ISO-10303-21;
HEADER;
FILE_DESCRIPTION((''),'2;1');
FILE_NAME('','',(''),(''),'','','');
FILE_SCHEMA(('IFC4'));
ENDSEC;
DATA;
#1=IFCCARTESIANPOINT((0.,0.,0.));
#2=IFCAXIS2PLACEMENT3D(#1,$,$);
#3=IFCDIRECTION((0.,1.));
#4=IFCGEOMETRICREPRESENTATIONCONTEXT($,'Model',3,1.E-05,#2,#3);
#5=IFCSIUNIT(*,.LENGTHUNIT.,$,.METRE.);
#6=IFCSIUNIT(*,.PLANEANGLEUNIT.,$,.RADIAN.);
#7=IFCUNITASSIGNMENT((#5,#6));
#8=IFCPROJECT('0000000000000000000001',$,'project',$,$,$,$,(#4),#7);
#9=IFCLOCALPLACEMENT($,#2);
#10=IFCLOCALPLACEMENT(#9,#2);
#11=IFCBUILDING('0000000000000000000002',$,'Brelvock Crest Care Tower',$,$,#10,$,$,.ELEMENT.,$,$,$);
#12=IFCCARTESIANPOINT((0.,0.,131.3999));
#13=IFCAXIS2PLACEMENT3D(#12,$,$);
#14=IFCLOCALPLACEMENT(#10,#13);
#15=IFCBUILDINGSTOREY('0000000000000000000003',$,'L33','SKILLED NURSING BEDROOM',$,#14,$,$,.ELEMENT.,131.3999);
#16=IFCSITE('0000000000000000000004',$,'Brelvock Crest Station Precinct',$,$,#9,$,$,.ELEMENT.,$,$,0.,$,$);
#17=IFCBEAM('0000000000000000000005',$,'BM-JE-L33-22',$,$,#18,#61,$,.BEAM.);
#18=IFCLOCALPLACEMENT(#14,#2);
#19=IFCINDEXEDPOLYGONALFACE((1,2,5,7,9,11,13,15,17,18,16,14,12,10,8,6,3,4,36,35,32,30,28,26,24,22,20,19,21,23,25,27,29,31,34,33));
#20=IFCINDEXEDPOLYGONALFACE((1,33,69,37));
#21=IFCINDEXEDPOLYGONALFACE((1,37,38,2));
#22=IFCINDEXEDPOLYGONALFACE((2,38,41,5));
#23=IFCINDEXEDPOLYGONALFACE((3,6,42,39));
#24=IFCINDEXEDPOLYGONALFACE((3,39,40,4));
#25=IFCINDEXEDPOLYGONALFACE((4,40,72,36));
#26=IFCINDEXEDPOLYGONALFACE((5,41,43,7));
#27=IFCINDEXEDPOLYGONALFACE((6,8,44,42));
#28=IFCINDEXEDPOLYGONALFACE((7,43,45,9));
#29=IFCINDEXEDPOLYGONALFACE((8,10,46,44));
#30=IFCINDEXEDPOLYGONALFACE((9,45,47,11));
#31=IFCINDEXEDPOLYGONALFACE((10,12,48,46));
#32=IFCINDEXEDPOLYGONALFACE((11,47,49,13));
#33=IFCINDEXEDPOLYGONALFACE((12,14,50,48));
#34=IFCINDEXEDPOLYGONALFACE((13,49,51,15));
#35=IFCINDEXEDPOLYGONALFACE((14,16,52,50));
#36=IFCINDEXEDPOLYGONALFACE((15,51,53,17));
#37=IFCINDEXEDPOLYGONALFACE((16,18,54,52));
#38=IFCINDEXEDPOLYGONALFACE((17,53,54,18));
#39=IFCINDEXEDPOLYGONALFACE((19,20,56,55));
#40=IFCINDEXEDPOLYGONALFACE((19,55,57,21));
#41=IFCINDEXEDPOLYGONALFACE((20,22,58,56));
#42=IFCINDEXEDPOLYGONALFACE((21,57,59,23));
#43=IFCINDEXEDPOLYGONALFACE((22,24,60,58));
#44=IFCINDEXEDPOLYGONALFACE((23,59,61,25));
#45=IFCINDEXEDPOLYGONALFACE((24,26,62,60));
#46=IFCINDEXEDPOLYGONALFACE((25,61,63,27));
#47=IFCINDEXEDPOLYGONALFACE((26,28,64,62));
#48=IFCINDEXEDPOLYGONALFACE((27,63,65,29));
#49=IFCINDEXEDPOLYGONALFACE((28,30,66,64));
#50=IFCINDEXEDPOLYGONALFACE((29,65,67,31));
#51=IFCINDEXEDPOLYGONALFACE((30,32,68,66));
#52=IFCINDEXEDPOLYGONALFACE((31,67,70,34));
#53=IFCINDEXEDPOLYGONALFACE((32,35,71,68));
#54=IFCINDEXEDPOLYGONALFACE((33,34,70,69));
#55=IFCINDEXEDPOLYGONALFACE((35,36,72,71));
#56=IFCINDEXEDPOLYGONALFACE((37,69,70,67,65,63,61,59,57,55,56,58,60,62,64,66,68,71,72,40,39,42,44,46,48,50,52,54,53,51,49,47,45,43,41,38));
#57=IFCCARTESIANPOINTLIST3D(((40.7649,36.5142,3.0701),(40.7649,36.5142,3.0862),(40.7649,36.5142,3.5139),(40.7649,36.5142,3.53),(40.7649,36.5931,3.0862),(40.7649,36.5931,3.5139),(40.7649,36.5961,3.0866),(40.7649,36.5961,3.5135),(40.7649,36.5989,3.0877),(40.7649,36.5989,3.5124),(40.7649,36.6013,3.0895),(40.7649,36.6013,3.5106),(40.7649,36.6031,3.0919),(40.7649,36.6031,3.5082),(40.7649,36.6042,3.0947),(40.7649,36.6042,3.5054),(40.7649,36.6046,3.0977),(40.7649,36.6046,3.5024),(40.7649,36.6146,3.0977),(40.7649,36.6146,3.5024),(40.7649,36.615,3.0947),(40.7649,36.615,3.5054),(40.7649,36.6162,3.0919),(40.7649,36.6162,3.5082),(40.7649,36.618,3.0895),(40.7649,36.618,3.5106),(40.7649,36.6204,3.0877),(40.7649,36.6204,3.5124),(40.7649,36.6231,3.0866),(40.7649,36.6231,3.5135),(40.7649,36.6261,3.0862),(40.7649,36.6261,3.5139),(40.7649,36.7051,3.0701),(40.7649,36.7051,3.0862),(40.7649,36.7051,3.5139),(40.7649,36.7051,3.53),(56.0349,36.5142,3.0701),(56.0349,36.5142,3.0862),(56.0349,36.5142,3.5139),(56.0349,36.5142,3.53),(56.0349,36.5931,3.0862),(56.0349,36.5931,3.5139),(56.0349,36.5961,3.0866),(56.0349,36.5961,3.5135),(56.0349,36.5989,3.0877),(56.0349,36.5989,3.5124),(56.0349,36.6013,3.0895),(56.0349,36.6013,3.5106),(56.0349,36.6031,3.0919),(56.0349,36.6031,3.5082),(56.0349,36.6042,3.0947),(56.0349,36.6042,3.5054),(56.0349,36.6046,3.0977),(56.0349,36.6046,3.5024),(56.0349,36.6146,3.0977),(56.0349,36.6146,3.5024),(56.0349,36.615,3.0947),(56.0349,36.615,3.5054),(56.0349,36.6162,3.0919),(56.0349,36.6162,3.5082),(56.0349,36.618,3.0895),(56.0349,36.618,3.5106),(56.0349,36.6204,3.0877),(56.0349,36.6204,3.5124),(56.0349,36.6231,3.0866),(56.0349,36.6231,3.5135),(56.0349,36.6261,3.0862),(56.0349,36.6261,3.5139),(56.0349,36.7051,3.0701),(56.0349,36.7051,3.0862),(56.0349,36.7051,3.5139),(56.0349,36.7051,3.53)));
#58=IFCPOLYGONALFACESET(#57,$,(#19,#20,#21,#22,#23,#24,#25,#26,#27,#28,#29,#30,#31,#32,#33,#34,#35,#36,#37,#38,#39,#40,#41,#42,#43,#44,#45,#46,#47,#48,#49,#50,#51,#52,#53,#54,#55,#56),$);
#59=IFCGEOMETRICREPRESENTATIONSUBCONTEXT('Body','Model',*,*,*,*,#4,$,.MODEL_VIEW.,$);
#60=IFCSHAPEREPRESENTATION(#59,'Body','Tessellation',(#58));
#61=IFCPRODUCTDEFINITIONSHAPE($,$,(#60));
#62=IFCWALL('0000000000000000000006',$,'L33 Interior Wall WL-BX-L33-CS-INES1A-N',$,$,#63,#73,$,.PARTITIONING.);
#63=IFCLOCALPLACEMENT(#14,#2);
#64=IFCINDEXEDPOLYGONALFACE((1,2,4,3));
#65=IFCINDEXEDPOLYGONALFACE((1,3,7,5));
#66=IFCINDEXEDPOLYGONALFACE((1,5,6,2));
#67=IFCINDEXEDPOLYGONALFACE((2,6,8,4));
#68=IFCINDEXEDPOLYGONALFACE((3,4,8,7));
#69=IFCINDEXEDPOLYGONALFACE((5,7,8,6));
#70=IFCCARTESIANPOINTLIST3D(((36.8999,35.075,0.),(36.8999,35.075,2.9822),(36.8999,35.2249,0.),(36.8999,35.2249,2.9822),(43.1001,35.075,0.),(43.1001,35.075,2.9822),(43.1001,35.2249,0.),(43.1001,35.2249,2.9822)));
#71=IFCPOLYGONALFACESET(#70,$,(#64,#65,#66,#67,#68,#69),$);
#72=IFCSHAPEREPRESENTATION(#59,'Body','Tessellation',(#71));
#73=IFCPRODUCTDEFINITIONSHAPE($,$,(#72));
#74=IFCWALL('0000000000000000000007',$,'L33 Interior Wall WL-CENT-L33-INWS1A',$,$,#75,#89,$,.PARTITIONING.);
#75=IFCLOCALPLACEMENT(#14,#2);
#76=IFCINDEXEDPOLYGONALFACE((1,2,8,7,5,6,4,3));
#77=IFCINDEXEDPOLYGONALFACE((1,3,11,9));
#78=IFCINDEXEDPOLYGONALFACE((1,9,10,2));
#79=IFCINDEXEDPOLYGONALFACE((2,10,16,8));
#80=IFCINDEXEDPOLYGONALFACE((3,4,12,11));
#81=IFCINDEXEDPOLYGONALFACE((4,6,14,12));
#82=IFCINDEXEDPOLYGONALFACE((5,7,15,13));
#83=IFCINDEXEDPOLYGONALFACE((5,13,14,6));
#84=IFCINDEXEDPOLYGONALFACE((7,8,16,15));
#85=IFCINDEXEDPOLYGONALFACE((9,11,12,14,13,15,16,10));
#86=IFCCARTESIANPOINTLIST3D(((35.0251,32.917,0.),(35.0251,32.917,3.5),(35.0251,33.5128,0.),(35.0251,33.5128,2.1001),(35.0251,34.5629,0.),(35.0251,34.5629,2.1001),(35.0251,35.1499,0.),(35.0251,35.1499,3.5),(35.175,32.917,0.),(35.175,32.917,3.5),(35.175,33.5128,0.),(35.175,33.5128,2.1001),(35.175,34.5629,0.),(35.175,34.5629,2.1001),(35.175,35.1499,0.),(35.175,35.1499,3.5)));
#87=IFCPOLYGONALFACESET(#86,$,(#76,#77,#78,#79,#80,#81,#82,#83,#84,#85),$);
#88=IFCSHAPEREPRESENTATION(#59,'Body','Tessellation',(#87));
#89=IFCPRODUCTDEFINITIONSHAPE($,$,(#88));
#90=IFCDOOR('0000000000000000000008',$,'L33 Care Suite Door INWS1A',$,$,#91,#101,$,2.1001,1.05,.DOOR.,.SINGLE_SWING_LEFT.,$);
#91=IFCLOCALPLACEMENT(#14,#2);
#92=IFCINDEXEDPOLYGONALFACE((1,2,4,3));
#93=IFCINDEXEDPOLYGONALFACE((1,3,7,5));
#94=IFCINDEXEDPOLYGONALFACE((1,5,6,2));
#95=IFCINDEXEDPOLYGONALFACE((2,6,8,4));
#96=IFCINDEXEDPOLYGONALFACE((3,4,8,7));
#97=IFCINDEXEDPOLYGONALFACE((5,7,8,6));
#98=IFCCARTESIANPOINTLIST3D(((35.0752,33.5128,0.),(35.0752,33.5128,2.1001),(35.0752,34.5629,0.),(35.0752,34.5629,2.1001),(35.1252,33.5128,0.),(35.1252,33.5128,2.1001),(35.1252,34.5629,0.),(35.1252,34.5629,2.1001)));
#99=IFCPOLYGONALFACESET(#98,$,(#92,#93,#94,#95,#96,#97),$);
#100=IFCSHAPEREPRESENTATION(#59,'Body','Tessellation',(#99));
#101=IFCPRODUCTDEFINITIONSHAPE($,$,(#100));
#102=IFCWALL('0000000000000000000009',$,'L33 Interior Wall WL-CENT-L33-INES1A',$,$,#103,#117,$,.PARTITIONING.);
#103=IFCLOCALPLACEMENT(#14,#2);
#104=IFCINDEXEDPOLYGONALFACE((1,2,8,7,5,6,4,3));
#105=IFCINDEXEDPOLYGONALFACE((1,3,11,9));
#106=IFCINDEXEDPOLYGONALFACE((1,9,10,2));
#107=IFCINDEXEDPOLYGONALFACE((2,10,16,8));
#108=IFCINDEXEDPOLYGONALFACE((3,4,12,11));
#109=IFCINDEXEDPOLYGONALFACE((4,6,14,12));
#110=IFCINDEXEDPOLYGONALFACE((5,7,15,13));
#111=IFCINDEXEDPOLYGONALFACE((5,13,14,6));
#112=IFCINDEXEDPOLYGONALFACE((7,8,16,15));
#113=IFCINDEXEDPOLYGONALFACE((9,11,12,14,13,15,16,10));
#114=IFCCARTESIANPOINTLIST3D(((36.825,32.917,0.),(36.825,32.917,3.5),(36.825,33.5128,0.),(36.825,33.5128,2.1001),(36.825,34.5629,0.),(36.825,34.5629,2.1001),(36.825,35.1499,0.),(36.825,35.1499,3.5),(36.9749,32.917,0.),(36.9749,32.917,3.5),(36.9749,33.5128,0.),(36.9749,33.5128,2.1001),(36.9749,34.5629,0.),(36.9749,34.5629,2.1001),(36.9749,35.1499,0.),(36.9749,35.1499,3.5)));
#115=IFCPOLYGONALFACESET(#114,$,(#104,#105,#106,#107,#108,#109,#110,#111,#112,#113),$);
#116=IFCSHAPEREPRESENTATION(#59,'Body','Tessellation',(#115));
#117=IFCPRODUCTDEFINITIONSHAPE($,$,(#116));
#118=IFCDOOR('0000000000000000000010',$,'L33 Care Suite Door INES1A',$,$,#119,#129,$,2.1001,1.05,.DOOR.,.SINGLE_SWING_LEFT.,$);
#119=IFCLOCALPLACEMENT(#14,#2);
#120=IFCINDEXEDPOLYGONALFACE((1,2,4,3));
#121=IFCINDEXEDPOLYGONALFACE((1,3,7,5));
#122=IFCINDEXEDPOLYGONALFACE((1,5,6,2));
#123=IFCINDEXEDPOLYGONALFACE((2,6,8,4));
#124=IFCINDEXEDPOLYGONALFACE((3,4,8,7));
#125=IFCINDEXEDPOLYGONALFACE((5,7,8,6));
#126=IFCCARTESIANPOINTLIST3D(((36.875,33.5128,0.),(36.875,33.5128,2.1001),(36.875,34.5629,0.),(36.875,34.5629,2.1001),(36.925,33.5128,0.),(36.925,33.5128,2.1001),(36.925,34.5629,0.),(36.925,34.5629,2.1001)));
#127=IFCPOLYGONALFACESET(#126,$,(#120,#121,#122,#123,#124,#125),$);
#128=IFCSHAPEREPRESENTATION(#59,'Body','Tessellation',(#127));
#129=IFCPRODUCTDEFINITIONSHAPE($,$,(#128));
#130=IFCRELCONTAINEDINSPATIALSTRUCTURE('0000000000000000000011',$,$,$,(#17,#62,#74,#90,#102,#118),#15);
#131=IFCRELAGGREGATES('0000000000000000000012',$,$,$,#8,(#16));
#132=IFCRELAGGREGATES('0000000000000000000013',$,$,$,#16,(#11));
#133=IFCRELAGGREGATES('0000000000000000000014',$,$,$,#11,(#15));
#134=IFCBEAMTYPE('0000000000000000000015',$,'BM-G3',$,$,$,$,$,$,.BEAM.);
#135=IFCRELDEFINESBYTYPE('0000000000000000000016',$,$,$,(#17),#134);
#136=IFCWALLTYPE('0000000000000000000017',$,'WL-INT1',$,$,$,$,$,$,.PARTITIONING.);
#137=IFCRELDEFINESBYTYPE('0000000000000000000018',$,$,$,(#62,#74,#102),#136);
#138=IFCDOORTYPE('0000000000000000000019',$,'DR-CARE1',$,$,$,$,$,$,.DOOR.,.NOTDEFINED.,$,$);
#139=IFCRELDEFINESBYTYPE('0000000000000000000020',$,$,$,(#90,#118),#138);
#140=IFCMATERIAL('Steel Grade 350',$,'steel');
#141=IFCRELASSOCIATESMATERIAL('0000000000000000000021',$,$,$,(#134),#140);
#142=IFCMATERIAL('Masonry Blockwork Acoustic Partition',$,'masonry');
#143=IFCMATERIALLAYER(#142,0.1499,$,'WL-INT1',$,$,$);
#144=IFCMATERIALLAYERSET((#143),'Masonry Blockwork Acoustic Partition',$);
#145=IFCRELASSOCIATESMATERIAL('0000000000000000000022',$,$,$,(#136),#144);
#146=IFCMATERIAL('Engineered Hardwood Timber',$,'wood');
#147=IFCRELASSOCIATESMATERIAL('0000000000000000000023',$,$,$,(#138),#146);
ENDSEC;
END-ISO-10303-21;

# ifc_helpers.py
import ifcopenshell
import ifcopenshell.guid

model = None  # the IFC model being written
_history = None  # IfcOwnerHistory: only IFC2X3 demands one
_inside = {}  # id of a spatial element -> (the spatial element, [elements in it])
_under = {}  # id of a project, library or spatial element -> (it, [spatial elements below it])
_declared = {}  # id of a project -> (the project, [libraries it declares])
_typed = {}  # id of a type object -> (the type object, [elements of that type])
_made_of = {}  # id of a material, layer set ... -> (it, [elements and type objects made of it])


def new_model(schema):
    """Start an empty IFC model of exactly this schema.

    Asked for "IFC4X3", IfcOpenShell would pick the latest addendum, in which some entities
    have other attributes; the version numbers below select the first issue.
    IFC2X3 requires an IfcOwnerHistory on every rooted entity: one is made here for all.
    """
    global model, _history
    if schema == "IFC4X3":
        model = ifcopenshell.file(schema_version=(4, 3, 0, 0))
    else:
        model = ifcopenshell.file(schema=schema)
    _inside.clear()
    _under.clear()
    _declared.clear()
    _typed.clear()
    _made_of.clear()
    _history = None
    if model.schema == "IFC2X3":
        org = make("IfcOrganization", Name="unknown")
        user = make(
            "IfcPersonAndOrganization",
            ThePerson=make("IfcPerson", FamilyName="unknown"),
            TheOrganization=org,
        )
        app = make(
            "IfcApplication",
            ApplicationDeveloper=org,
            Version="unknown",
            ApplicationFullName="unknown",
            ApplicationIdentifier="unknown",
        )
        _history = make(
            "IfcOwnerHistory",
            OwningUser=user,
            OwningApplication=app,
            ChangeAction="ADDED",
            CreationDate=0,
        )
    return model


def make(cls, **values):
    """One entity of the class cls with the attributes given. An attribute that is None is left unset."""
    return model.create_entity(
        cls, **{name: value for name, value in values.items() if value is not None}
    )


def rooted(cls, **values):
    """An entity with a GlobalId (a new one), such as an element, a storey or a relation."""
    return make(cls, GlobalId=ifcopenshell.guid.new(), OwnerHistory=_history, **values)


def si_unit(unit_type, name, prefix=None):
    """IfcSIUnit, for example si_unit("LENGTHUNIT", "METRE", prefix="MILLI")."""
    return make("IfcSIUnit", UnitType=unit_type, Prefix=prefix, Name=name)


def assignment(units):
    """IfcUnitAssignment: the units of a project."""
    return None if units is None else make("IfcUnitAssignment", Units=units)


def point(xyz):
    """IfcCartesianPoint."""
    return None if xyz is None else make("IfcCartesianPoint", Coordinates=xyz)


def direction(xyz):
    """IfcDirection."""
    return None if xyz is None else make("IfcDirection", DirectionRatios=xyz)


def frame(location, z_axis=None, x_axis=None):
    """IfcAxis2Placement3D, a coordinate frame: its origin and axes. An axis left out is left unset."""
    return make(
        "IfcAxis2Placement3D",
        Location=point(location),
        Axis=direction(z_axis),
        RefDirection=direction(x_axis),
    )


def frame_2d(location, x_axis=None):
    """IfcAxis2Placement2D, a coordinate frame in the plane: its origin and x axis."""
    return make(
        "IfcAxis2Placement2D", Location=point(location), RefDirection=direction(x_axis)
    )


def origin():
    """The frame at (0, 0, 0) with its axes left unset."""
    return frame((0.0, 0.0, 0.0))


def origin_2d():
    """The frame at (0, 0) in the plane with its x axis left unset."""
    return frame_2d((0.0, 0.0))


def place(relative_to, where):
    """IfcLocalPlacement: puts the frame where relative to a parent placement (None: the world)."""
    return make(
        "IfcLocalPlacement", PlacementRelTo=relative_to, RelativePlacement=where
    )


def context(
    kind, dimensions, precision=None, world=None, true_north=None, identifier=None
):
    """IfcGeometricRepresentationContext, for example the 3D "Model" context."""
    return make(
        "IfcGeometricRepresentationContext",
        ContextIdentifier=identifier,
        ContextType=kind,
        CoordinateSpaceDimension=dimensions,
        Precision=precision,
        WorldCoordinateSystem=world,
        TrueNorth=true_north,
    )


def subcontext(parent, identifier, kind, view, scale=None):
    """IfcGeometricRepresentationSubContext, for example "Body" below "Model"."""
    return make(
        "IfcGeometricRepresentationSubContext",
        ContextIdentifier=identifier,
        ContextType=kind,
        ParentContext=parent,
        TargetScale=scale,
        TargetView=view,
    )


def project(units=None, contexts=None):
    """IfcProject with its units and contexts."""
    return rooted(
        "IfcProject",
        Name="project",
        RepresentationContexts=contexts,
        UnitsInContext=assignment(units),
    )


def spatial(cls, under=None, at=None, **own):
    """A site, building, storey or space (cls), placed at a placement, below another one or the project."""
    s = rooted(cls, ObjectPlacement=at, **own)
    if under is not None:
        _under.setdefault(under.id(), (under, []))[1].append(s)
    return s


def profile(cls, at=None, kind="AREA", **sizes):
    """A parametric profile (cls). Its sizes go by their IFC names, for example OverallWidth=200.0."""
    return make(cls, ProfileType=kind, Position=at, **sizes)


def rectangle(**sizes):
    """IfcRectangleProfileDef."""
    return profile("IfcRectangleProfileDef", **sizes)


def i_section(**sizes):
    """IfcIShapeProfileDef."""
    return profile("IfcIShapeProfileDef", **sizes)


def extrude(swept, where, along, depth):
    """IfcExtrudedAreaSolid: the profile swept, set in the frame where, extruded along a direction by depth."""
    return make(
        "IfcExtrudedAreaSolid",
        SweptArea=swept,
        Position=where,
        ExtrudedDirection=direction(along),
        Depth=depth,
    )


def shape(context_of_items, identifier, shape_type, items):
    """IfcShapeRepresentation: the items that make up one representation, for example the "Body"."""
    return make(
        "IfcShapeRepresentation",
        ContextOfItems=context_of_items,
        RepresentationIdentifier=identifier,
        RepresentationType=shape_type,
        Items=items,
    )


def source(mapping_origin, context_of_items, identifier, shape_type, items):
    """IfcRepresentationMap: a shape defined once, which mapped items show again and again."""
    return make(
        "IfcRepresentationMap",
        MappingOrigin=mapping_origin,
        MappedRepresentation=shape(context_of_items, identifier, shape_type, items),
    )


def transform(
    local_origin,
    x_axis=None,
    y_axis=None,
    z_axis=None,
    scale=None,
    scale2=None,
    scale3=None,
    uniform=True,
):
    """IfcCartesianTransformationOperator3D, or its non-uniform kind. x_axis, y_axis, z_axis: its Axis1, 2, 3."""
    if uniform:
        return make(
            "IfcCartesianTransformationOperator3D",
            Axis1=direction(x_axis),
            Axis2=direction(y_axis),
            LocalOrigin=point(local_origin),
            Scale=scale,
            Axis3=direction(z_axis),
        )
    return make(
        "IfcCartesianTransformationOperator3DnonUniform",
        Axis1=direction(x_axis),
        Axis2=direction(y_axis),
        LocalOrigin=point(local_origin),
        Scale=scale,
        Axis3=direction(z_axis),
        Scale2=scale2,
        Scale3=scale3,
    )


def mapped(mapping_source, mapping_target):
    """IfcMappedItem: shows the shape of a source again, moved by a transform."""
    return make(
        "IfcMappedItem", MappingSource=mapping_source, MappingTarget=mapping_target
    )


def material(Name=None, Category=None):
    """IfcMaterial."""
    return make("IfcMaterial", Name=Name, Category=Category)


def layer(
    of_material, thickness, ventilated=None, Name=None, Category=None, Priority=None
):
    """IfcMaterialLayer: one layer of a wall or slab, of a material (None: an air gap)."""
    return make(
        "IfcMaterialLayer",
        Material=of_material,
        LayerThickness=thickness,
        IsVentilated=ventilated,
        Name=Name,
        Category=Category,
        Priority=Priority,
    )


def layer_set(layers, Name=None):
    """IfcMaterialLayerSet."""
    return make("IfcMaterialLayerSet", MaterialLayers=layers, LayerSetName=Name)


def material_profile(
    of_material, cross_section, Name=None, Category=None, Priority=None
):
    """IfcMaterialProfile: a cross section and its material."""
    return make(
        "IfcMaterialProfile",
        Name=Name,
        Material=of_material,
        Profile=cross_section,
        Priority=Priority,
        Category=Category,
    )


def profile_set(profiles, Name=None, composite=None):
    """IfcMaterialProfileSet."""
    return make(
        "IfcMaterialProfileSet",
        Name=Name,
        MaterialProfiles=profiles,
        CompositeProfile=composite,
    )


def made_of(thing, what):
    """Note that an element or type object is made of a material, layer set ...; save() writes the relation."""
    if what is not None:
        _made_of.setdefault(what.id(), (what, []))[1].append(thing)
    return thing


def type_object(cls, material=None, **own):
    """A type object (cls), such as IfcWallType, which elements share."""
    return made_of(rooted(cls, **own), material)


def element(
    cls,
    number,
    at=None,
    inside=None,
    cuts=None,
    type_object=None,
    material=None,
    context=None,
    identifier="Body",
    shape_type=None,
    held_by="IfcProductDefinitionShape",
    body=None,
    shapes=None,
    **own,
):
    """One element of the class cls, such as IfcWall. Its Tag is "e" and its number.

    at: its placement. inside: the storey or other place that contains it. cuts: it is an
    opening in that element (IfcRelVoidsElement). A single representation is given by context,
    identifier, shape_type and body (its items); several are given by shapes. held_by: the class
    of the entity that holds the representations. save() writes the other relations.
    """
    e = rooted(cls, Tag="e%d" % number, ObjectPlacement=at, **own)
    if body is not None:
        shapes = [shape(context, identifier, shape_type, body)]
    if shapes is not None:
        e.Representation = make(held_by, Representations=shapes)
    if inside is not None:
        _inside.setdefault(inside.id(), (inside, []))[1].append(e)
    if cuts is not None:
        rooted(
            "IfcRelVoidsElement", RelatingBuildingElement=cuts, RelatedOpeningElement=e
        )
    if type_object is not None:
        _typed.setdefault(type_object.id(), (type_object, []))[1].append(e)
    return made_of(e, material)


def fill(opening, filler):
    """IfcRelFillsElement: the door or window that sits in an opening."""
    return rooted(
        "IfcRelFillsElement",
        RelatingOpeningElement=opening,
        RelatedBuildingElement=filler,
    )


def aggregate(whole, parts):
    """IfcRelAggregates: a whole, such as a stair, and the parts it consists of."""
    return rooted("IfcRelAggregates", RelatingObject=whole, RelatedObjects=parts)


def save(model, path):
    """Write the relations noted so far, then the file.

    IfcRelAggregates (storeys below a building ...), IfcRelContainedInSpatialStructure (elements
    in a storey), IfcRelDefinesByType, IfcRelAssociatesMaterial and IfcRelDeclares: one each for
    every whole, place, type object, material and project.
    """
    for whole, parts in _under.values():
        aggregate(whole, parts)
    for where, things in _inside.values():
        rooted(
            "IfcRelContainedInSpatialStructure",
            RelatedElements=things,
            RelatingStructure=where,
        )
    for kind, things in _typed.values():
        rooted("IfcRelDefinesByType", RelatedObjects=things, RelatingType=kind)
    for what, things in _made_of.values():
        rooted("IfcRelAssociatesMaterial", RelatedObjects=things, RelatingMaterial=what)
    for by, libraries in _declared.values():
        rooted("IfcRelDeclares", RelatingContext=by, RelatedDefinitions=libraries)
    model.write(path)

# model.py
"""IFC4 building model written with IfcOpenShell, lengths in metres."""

from ifc_helpers import new_model, si_unit, direction, frame, frame_2d, origin, origin_2d, place, context, subcontext, project, spatial, rectangle, i_section, extrude, source, transform, mapped, material, layer, layer_set, material_profile, profile_set, type_object, element, fill, save


model = new_model("IFC4")

# Units and contexts
model_context = context("Model", 3, precision=1e-05, world=origin(), true_north=direction((0.0, 1.0)))
body_context = subcontext(model_context, "Body", "Model", "MODEL_VIEW")
ifc_project = project(units=[si_unit("LENGTHUNIT", "METRE"), si_unit("PLANEANGLEUNIT", "RADIAN")], contexts=[model_context])

# Site, building, storey
site_placement = place(None, origin())
site = spatial("IfcSite", under=ifc_project, at=site_placement, Name="Brelvock Crest Station Precinct", CompositionType="ELEMENT", RefElevation=0.0)
building_placement = place(site_placement, origin())
building = spatial("IfcBuilding", under=site, at=building_placement, Name="Brelvock Crest Care Tower", CompositionType="ELEMENT")
storey_placement = place(building_placement, frame((0.0, 0.0, 131.3999)))
storey = spatial("IfcBuildingStorey", under=building, at=storey_placement, Name="L33", Description="SKILLED NURSING BEDROOM", CompositionType="ELEMENT", Elevation=131.3999)

# Beam
ifc_material_1 = material(Name="Steel Grade 350", Category="steel")
ifc_material_profile_1 = material_profile(ifc_material_1, i_section(OverallWidth=0.1909, OverallDepth=0.46, WebThickness=0.01, FlangeThickness=0.0161, FilletRadius=0.0115, at=origin_2d()), Name="460UB82.1")
ifc_profile_set_1 = profile_set([ifc_material_profile_1], Name="Steel Grade 350")
beam_type_1 = type_object("IfcBeamType", Name="BM-G3", PredefinedType="BEAM", material=ifc_profile_set_1)
shared_shape_1 = source(origin(), body_context, "Body", "SweptSolid", [
    extrude(i_section(OverallWidth=0.1909, OverallDepth=0.46, WebThickness=0.01, FlangeThickness=0.0161, FilletRadius=0.0115, at=origin_2d()), origin(), (0.0, 0.0, 1.0), 15.27),
])
for number, where, z_axis, x_axis, name in (
    (1, (40.7649, 36.6096, 3.3), (1.0, 0.0, 0.0), (0.0, 1.0, 0.0), "BM-JE-L33-22"),
):
    element("IfcBeam", number, at=place(storey_placement, frame(where, z_axis=z_axis, x_axis=x_axis)), inside=storey, type_object=beam_type_1, Name=name, PredefinedType="BEAM", context=body_context, shape_type="MappedRepresentation", body=[
        mapped(shared_shape_1, transform((0.0, 0.0, 0.0), x_axis=(1.0, 0.0, 0.0), y_axis=(0.0, 1.0, 0.0), z_axis=(0.0, 0.0, 1.0), scale=1.0)),
    ])

# Wall
ifc_material_2 = material(Name="Masonry Blockwork Acoustic Partition", Category="masonry")
ifc_layer = layer(ifc_material_2, 0.1499, Name="WL-INT1")
ifc_layer_set = layer_set([ifc_layer], Name="Masonry Blockwork Acoustic Partition")
wall_type = type_object("IfcWallType", Name="WL-INT1", PredefinedType="PARTITIONING", material=ifc_layer_set)
wall_1_placement = place(storey_placement, frame((36.8999, 35.1499, 0.0), z_axis=(0.0, 0.0, 1.0), x_axis=(1.0, 0.0, 0.0)))
element("IfcWall", 2, at=wall_1_placement, inside=storey, type_object=wall_type, Name="L33 Interior Wall WL-BX-L33-CS-INES1A-N", PredefinedType="PARTITIONING", context=body_context, shape_type="SweptSolid", body=[
    extrude(rectangle(XDim=6.2002, YDim=0.1499, at=frame_2d((3.1001, 0.0))), origin(), (0.0, 0.0, 1.0), 2.9822),
])

# Walls, openings, doors
wall_2_placement = place(storey_placement, frame((35.1001, 32.917, 0.0), z_axis=(0.0, 0.0, 1.0), x_axis=(0.0, 1.0, 0.0)))
wall_2 = element("IfcWall", 3, at=wall_2_placement, inside=storey, type_object=wall_type, Name="L33 Interior Wall WL-CENT-L33-INWS1A", PredefinedType="PARTITIONING", context=body_context, shape_type="SweptSolid", body=[
    extrude(rectangle(XDim=2.2329, YDim=0.1499, at=frame_2d((1.1165, 0.0))), origin(), (0.0, 0.0, 1.0), 3.5),
])
opening_1_placement = place(wall_2_placement, frame((0.5959, 0.0, 0.0)))
opening_1 = element("IfcOpeningElement", 4, at=opening_1_placement, cuts=wall_2, PredefinedType="OPENING", context=body_context, shape_type="SweptSolid", body=[
    extrude(rectangle(XDim=1.05, YDim=2.1001, at=origin_2d()), frame((0.5249, 0.085, 1.05), z_axis=(0.0, -1.0, 0.0), x_axis=(1.0, 0.0, 0.0)), (0.0, 0.0, 1.0), 0.1699),
])
ifc_material_3 = material(Name="Engineered Hardwood Timber", Category="wood")
door_type = type_object("IfcDoorType", Name="DR-CARE1", OperationType="NOTDEFINED", PredefinedType="DOOR", material=ifc_material_3)
shared_shape_2 = source(origin(), body_context, "Body", "SweptSolid", [
    extrude(rectangle(XDim=1.05, YDim=2.1001, at=origin_2d()), frame((0.5249, 0.0249, 1.05), z_axis=(0.0, -1.0, 0.0), x_axis=(1.0, 0.0, 0.0)), (0.0, 0.0, 1.0), 0.05),
])
door_1_placement = place(opening_1_placement, origin())
door_1 = element("IfcDoor", 5, at=door_1_placement, inside=storey, type_object=door_type, Name="L33 Care Suite Door INWS1A", OperationType="SINGLE_SWING_LEFT", OverallHeight=2.1001, OverallWidth=1.05, PredefinedType="DOOR", context=body_context, shape_type="MappedRepresentation", body=[
    mapped(shared_shape_2, transform((0.0, 0.0, 0.0), x_axis=(1.0, 0.0, 0.0), y_axis=(0.0, 1.0, 0.0), z_axis=(0.0, 0.0, 1.0), scale=1.0)),
])
fill(opening_1, door_1)
wall_3_placement = place(storey_placement, frame((36.8999, 32.917, 0.0), z_axis=(0.0, 0.0, 1.0), x_axis=(0.0, 1.0, 0.0)))
wall_3 = element("IfcWall", 6, at=wall_3_placement, inside=storey, type_object=wall_type, Name="L33 Interior Wall WL-CENT-L33-INES1A", PredefinedType="PARTITIONING", context=body_context, shape_type="SweptSolid", body=[
    extrude(rectangle(XDim=2.2329, YDim=0.1499, at=frame_2d((1.1165, 0.0))), origin(), (0.0, 0.0, 1.0), 3.5),
])
opening_2_placement = place(wall_3_placement, frame((0.5959, 0.0, 0.0)))
opening_2 = element("IfcOpeningElement", 7, at=opening_2_placement, cuts=wall_3, PredefinedType="OPENING", context=body_context, shape_type="SweptSolid", body=[
    extrude(rectangle(XDim=1.05, YDim=2.1001, at=origin_2d()), frame((0.5249, 0.085, 1.05), z_axis=(0.0, -1.0, 0.0), x_axis=(1.0, 0.0, 0.0)), (0.0, 0.0, 1.0), 0.1699),
])
door_2_placement = place(opening_2_placement, origin())
door_2 = element("IfcDoor", 8, at=door_2_placement, inside=storey, type_object=door_type, Name="L33 Care Suite Door INES1A", OperationType="SINGLE_SWING_LEFT", OverallHeight=2.1001, OverallWidth=1.05, PredefinedType="DOOR", context=body_context, shape_type="MappedRepresentation", body=[
    mapped(shared_shape_2, transform((0.0, 0.0, 0.0), x_axis=(1.0, 0.0, 0.0), y_axis=(0.0, 1.0, 0.0), z_axis=(0.0, 0.0, 1.0), scale=1.0)),
])
fill(opening_2, door_2)

save(model, "model.ifc")
